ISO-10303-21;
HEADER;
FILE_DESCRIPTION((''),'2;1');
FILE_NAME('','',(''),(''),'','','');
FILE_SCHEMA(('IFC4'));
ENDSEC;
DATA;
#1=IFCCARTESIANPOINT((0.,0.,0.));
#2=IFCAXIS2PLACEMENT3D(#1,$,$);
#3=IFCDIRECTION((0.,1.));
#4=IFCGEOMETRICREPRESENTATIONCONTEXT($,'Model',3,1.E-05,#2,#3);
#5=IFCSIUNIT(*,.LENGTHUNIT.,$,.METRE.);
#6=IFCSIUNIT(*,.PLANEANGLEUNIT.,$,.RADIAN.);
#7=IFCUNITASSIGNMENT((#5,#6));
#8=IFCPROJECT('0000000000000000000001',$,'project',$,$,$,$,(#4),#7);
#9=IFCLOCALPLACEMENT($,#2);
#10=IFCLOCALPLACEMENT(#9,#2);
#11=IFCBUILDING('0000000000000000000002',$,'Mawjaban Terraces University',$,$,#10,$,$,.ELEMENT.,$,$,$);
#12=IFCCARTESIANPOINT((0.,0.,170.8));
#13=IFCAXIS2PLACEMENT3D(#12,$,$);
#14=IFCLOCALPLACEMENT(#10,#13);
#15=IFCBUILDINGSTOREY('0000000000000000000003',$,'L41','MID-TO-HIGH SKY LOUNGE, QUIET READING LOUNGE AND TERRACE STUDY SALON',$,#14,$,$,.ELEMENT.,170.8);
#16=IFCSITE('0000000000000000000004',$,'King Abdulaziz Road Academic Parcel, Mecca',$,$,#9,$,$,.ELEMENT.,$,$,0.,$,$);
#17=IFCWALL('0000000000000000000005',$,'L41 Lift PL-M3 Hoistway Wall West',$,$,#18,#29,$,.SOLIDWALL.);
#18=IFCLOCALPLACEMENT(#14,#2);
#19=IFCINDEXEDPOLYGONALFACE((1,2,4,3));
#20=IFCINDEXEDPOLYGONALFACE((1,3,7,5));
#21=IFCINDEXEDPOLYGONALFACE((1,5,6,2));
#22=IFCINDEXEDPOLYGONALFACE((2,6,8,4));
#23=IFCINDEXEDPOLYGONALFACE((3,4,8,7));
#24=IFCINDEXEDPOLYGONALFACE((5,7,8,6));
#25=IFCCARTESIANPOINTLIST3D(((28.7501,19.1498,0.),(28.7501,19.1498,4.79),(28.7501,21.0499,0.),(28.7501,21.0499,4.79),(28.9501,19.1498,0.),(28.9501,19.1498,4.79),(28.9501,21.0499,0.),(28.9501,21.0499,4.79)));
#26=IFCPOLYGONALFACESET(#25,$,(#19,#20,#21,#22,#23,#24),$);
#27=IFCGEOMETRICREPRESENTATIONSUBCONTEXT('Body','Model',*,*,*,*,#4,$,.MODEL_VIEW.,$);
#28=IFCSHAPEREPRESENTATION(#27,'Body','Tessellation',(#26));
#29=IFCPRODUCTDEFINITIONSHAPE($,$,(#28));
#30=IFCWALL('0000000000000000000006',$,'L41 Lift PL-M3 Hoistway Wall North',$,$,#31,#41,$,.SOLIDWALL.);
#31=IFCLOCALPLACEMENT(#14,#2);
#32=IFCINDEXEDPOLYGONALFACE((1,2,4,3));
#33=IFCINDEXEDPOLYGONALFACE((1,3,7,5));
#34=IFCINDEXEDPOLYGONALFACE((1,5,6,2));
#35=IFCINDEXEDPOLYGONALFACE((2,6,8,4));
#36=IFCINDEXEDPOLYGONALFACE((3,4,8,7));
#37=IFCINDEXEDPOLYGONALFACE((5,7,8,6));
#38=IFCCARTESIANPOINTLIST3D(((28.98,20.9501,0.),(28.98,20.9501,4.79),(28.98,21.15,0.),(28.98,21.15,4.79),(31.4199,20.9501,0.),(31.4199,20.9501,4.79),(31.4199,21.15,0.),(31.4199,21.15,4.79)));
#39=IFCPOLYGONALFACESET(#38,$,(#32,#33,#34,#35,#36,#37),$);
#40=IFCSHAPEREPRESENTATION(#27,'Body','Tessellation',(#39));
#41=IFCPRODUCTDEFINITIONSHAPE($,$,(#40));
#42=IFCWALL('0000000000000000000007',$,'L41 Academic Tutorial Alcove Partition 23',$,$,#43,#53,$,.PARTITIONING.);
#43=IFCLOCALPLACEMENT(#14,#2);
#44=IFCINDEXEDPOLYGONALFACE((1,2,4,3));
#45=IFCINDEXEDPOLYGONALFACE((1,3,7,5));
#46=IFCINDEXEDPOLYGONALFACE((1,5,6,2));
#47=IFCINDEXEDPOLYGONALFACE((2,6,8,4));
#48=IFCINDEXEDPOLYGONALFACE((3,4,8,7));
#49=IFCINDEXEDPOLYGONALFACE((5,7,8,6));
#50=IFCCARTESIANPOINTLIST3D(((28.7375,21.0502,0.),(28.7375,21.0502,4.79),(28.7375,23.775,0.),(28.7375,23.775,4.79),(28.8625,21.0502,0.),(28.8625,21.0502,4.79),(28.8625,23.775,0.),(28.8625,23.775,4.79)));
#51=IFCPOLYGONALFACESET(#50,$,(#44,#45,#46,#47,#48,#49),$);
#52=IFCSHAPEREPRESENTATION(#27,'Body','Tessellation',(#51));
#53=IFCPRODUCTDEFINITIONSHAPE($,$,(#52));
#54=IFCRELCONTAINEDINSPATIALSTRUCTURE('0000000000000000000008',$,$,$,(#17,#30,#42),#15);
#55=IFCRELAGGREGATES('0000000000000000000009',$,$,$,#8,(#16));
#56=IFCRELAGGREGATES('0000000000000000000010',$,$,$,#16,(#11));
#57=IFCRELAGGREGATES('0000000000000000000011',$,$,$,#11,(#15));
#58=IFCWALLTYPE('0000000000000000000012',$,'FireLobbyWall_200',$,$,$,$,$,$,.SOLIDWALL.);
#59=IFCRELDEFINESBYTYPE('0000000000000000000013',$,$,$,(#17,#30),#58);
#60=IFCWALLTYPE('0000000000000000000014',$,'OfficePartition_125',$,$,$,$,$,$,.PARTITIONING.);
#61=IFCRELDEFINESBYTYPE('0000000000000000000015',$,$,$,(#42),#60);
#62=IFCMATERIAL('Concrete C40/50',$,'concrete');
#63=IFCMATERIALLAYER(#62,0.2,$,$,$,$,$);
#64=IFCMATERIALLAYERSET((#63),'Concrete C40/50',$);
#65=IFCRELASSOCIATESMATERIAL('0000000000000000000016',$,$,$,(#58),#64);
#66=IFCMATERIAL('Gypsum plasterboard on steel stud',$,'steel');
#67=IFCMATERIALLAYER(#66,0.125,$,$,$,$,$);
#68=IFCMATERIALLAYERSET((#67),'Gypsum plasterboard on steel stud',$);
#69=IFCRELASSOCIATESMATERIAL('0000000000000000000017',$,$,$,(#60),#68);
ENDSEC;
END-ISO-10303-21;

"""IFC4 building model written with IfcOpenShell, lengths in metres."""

from ifc_helpers import new_model, si_unit, direction, frame, frame_2d, origin, place, context, subcontext, project, spatial, rectangle, extrude, material, layer, layer_set, type_object, element, save


model = new_model("IFC4")

# Units and contexts
model_context = context("Model", 3, precision=1e-05, world=origin(), true_north=direction((0.0, 1.0)))
body_context = subcontext(model_context, "Body", "Model", "MODEL_VIEW")
ifc_project = project(units=[si_unit("LENGTHUNIT", "METRE"), si_unit("PLANEANGLEUNIT", "RADIAN")], contexts=[model_context])

# Site, building, storey
site_placement = place(None, origin())
site = spatial("IfcSite", under=ifc_project, at=site_placement, Name="King Abdulaziz Road Academic Parcel, Mecca", CompositionType="ELEMENT", RefElevation=0.0)
building_placement = place(site_placement, origin())
building = spatial("IfcBuilding", under=site, at=building_placement, Name="Mawjaban Terraces University", CompositionType="ELEMENT")
storey_placement = place(building_placement, frame((0.0, 0.0, 170.8)))
storey = spatial("IfcBuildingStorey", under=building, at=storey_placement, Name="L41", Description="MID-TO-HIGH SKY LOUNGE, QUIET READING LOUNGE AND TERRACE STUDY SALON", CompositionType="ELEMENT", Elevation=170.8)

# Shared definitions
ifc_material_1 = material(Name="Concrete C40/50", Category="concrete")
ifc_layer_1 = layer(ifc_material_1, 0.2)
ifc_layer_set_1 = layer_set([ifc_layer_1], Name="Concrete C40/50")
wall_type_1 = type_object("IfcWallType", Name="FireLobbyWall_200", PredefinedType="SOLIDWALL", material=ifc_layer_set_1)

# Walls
wall_1_placement = place(storey_placement, frame((28.8501, 21.05, 0.0), z_axis=(0.0, 0.0, 1.0), x_axis=(0.0, -1.0, 0.0)))
element("IfcWall", 1, at=wall_1_placement, inside=storey, type_object=wall_type_1, Name="L41 Lift PL-M3 Hoistway Wall West", PredefinedType="SOLIDWALL", context=body_context, shape_type="SweptSolid", body=[
    extrude(rectangle(XDim=1.9001, YDim=0.2, at=frame_2d((0.9502, 0.0))), origin(), (0.0, 0.0, 1.0), 4.79),
])
wall_2_placement = place(storey_placement, frame((31.4199, 21.05, 0.0), z_axis=(0.0, 0.0, 1.0), x_axis=(-1.0, 0.0, 0.0)))
element("IfcWall", 2, at=wall_2_placement, inside=storey, type_object=wall_type_1, Name="L41 Lift PL-M3 Hoistway Wall North", PredefinedType="SOLIDWALL", context=body_context, shape_type="SweptSolid", body=[
    extrude(rectangle(XDim=2.4399, YDim=0.2, at=frame_2d((1.22, 0.0))), origin(), (0.0, 0.0, 1.0), 4.79),
])
ifc_material_2 = material(Name="Gypsum plasterboard on steel stud", Category="steel")
ifc_layer_2 = layer(ifc_material_2, 0.125)
ifc_layer_set_2 = layer_set([ifc_layer_2], Name="Gypsum plasterboard on steel stud")
wall_type_2 = type_object("IfcWallType", Name="OfficePartition_125", PredefinedType="PARTITIONING", material=ifc_layer_set_2)
wall_3_placement = place(storey_placement, frame((28.8, 23.7749, 0.0), z_axis=(0.0, 0.0, 1.0), x_axis=(0.0, -1.0, 0.0)))
element("IfcWall", 3, at=wall_3_placement, inside=storey, type_object=wall_type_2, Name="L41 Academic Tutorial Alcove Partition 23", PredefinedType="PARTITIONING", context=body_context, shape_type="SweptSolid", body=[
    extrude(rectangle(XDim=2.7249, YDim=0.125, at=frame_2d((1.3623, 0.0))), origin(), (0.0, 0.0, 1.0), 4.79),
])

save(model, "model.ifc")
